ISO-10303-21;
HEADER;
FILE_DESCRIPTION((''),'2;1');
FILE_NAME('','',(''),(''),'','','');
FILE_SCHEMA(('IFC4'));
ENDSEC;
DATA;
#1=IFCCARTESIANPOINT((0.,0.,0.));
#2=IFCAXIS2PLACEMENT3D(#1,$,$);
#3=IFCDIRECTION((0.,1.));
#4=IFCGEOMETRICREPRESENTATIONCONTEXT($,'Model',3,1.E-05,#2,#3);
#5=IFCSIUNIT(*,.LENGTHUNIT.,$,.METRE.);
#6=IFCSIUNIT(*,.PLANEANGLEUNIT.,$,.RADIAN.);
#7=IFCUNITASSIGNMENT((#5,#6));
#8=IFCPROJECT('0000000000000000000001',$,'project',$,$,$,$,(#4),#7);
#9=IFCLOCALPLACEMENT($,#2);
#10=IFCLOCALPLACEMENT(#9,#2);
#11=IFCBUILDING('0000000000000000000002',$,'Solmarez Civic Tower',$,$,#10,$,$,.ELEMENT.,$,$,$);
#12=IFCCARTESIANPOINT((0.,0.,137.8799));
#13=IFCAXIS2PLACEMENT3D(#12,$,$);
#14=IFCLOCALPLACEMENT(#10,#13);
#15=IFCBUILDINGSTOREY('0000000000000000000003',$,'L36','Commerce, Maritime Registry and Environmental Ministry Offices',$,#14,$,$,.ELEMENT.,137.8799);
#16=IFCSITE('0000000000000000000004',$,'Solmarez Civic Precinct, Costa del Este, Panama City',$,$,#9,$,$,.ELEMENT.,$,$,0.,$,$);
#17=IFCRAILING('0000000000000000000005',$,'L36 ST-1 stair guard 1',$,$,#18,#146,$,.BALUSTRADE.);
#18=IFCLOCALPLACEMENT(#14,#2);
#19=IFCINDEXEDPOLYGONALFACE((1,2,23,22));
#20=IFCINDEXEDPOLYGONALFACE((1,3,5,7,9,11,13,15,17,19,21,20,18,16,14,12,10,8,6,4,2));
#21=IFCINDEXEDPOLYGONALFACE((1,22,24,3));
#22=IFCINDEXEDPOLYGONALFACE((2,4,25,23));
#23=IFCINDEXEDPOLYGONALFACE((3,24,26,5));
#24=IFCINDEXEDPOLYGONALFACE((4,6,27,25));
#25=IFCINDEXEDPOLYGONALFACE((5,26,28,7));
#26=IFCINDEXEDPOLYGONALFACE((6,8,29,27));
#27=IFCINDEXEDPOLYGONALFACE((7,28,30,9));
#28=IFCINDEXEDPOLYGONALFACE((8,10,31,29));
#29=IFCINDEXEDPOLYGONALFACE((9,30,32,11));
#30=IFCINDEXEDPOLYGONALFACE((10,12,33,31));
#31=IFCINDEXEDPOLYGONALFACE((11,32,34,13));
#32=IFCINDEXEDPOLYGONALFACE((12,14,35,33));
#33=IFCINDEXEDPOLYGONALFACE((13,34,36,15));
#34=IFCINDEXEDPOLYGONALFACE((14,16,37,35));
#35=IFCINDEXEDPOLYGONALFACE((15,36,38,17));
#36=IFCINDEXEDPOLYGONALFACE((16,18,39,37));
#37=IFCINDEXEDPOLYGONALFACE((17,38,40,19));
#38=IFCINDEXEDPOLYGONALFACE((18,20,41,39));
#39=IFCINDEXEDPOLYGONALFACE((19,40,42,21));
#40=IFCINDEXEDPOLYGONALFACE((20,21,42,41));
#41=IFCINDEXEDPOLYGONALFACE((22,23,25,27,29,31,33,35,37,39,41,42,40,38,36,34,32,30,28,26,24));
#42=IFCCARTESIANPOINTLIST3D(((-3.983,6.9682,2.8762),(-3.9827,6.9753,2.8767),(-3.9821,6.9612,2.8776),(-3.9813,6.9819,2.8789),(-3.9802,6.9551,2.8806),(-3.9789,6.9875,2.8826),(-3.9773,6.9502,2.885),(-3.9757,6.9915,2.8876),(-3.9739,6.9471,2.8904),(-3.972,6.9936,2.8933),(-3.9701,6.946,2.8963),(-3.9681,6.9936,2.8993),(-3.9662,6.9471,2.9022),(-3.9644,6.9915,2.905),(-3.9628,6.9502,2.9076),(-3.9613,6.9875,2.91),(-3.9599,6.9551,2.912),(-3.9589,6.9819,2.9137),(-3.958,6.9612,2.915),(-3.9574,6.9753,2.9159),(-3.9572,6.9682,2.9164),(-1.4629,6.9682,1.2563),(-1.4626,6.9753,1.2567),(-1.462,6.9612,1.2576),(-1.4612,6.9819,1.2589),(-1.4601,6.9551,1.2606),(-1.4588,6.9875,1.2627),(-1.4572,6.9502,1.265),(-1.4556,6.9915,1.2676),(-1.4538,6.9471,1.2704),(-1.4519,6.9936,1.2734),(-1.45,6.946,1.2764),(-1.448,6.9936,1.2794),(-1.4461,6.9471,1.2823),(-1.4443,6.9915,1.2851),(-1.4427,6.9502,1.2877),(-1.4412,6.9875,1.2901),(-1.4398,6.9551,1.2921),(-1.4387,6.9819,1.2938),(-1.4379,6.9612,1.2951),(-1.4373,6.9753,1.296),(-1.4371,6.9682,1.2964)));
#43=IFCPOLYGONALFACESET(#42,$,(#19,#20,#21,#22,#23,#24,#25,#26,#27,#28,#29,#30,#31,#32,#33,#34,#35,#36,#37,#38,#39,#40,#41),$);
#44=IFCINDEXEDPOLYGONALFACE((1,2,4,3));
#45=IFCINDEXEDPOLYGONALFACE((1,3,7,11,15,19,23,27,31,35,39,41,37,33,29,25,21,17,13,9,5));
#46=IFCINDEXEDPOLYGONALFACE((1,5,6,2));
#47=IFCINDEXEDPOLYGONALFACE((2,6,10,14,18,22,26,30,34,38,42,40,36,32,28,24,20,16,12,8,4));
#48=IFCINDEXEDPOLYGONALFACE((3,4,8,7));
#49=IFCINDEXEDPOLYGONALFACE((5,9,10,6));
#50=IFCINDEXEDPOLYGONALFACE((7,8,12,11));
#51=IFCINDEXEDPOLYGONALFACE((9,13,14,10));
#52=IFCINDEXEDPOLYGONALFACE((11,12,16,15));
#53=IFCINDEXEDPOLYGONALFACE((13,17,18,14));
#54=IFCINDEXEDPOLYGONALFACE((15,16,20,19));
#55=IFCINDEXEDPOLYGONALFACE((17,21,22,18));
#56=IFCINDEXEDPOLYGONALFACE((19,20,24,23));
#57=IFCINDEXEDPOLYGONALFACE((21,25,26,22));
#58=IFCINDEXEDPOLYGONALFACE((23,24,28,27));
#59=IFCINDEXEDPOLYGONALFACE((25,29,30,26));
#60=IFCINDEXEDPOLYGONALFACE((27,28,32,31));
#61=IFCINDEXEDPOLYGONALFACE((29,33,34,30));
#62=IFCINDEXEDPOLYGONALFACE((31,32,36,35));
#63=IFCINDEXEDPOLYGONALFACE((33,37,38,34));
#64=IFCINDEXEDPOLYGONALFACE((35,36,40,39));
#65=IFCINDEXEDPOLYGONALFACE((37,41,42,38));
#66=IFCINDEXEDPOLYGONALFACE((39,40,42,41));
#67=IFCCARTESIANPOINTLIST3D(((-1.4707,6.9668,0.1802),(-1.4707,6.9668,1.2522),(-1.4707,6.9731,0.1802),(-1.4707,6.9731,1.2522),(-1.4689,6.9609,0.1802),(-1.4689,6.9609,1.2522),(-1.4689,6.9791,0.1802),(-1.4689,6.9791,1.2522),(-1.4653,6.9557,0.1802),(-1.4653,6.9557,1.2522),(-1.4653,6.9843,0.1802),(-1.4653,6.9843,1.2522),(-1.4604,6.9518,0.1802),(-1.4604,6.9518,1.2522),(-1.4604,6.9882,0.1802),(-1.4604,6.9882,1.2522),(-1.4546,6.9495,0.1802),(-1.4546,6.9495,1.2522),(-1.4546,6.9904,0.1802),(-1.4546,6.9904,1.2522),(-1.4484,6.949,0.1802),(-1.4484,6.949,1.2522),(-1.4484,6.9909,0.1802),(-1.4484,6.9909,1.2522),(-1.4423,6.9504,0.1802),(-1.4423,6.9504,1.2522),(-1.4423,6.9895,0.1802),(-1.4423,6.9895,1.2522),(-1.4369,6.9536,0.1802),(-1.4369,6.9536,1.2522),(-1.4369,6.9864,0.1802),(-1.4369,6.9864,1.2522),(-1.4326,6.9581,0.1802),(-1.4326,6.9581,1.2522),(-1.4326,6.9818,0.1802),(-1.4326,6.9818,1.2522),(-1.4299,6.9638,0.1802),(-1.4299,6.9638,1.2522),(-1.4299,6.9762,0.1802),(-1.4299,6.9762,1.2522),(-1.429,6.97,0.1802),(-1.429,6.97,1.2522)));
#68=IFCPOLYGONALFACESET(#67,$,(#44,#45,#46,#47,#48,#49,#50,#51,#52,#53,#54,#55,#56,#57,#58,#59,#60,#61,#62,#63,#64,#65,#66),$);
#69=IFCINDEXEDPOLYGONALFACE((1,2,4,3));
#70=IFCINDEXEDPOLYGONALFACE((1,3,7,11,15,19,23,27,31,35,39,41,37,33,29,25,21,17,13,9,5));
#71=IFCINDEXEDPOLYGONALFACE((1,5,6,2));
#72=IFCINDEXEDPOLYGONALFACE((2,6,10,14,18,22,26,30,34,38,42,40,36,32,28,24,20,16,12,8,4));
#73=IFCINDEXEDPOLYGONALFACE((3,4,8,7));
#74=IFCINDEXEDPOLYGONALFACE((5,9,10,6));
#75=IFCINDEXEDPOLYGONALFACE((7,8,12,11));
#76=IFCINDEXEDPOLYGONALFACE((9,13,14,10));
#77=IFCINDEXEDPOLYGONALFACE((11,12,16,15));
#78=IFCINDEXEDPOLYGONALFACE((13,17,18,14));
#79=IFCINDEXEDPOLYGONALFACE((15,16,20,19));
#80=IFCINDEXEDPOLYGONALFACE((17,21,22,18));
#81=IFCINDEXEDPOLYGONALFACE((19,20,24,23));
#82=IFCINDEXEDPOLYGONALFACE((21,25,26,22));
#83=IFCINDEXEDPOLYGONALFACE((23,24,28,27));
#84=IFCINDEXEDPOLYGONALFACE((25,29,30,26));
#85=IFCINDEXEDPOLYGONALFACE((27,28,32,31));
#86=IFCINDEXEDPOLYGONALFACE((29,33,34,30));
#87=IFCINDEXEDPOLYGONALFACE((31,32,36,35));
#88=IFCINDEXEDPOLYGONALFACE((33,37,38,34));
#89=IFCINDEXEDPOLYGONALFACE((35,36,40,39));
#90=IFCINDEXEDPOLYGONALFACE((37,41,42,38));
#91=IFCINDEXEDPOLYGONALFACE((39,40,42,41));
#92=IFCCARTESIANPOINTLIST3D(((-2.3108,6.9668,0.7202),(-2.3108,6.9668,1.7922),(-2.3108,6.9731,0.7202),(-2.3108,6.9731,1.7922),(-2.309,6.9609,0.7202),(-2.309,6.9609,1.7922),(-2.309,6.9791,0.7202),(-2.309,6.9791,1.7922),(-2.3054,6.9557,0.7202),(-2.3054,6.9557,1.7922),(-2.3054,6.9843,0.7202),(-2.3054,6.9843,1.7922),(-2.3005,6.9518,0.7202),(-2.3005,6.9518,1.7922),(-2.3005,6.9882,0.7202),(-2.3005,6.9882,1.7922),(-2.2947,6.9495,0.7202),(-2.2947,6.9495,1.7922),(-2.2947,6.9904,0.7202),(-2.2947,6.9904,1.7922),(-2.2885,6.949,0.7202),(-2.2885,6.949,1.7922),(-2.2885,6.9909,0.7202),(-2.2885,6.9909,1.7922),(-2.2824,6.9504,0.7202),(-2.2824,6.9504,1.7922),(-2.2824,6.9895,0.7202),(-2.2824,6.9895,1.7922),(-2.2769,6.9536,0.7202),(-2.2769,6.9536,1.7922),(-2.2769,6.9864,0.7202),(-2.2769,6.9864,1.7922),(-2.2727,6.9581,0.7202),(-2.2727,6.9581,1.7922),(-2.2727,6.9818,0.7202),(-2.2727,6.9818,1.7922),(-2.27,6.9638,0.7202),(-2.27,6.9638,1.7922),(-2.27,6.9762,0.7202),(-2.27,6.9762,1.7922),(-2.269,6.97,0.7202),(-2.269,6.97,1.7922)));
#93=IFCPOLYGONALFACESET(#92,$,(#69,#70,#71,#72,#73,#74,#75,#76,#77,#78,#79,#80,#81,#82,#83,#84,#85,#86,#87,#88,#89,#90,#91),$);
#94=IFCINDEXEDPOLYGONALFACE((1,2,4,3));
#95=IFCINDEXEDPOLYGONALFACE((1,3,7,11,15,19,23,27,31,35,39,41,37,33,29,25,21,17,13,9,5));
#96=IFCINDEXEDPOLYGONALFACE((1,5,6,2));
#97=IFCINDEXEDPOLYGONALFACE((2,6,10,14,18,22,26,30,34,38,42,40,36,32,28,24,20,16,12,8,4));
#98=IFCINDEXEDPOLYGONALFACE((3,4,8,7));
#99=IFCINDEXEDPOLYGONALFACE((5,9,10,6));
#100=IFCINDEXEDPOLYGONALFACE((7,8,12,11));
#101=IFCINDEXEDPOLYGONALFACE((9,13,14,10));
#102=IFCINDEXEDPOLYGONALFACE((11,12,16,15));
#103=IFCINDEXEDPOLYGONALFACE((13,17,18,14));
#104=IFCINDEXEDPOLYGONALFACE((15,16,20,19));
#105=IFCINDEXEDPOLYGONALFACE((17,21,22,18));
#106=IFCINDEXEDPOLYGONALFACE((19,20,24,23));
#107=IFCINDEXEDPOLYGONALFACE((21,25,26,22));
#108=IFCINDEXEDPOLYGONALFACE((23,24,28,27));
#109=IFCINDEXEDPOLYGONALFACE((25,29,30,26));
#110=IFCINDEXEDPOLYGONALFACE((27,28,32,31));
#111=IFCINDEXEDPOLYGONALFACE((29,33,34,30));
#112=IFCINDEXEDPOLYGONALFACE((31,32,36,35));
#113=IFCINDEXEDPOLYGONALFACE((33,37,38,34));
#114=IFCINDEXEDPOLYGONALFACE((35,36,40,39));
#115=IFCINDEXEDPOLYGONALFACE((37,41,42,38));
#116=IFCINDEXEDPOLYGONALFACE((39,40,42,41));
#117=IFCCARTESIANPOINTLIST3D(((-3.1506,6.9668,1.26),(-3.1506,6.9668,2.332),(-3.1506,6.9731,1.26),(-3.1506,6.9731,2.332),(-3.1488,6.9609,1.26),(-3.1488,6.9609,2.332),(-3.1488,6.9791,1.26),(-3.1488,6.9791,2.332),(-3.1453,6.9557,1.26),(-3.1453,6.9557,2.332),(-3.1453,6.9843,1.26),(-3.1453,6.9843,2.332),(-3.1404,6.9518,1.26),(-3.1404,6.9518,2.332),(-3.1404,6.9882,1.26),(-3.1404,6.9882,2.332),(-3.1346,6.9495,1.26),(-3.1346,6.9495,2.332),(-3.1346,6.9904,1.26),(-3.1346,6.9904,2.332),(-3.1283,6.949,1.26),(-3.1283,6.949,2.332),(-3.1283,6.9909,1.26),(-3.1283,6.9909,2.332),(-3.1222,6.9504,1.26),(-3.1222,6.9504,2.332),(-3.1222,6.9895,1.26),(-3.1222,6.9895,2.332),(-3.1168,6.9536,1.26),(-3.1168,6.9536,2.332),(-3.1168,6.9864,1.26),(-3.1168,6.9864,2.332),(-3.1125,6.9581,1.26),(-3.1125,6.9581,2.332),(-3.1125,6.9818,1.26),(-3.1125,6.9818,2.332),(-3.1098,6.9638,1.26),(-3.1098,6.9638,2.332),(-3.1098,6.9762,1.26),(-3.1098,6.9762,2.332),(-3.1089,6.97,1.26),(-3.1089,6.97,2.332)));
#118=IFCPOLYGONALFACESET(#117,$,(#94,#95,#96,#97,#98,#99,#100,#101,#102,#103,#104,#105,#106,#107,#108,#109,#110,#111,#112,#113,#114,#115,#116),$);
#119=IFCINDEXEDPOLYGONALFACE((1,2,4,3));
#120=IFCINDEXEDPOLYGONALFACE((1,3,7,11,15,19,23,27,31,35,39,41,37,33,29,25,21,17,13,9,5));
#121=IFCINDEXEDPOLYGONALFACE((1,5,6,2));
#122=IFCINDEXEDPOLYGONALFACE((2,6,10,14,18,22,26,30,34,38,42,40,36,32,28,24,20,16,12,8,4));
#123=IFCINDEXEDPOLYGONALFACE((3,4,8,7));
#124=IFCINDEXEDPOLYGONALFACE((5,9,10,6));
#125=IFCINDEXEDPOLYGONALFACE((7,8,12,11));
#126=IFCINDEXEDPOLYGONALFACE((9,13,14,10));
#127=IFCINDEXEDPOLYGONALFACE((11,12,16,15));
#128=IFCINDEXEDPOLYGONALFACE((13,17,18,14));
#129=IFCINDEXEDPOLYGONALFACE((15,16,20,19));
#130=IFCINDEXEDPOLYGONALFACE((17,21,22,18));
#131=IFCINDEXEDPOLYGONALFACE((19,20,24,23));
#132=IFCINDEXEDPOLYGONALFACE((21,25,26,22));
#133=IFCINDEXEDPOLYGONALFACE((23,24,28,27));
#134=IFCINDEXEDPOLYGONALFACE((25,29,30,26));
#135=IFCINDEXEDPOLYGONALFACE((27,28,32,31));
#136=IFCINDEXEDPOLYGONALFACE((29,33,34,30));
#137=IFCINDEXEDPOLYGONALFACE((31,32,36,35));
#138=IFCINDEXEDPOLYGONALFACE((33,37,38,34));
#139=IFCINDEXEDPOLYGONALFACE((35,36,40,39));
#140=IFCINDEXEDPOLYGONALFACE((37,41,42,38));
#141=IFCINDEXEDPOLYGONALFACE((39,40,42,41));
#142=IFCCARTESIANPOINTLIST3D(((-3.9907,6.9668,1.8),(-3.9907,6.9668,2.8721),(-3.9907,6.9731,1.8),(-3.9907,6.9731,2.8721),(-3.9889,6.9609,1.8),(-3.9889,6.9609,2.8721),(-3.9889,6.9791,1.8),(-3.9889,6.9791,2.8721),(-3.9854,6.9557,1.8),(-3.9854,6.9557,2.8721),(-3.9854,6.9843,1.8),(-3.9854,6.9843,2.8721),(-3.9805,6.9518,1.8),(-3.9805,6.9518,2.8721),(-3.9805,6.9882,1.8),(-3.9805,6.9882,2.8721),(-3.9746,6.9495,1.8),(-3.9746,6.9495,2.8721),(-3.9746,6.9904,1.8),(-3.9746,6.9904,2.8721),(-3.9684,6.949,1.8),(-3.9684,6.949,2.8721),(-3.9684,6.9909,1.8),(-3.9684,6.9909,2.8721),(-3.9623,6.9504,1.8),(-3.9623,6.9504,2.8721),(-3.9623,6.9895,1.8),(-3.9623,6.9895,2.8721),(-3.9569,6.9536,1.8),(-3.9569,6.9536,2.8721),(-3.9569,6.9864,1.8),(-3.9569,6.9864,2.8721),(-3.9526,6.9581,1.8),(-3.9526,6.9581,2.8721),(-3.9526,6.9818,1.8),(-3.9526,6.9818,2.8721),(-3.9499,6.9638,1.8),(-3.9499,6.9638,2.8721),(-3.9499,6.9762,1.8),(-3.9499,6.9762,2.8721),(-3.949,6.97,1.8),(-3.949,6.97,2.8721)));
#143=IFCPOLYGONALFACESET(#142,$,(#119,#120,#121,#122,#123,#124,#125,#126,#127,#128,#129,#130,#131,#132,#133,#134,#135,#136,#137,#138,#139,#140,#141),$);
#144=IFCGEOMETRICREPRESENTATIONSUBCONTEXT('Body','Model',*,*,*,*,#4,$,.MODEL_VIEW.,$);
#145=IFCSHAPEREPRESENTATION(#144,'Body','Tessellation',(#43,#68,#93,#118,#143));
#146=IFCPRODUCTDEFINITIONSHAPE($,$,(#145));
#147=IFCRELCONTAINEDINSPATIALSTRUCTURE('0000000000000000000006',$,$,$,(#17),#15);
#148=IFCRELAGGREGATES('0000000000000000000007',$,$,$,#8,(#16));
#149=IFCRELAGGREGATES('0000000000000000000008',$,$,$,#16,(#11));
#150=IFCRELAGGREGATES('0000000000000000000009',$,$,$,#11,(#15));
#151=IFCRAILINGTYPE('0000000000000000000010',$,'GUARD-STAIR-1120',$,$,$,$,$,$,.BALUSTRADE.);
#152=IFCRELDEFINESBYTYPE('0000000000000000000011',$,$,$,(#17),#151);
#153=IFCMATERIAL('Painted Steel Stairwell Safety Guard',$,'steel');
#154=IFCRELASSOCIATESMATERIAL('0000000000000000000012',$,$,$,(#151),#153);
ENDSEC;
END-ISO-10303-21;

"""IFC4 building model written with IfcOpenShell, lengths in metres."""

from ifc_helpers import new_model, si_unit, direction, frame, origin, origin_2d, place, context, subcontext, project, spatial, circle, extrude, material, type_object, element, save


model = new_model("IFC4")

# Units and contexts
model_context = context("Model", 3, precision=1e-05, world=origin(), true_north=direction((0.0, 1.0)))
body_context = subcontext(model_context, "Body", "Model", "MODEL_VIEW")
ifc_project = project(units=[si_unit("LENGTHUNIT", "METRE"), si_unit("PLANEANGLEUNIT", "RADIAN")], contexts=[model_context])

# Site, building, storey
site_placement = place(None, origin())
site = spatial("IfcSite", under=ifc_project, at=site_placement, Name="Solmarez Civic Precinct, Costa del Este, Panama City", CompositionType="ELEMENT", RefElevation=0.0)
building_placement = place(site_placement, origin())
building = spatial("IfcBuilding", under=site, at=building_placement, Name="Solmarez Civic Tower", CompositionType="ELEMENT")
storey_placement = place(building_placement, frame((0.0, 0.0, 137.8799)))
storey = spatial("IfcBuildingStorey", under=building, at=storey_placement, Name="L36", Description="Commerce, Maritime Registry and Environmental Ministry Offices", CompositionType="ELEMENT", Elevation=137.8799)

# Railing
ifc_material_1 = material(Name="Painted Steel Stairwell Safety Guard", Category="steel")
railing_type_1 = type_object("IfcRailingType", Name="GUARD-STAIR-1120", PredefinedType="BALUSTRADE", material=ifc_material_1)
railing_1_placement = place(storey_placement, frame((-1.45, 6.97, 0.1802)))
element("IfcRailing", 1, at=railing_1_placement, inside=storey, type_object=railing_type_1, Name="L36 ST-1 stair guard 1", PredefinedType="BALUSTRADE", context=body_context, shape_type="SweptSolid", body=[
    extrude(circle(Radius=0.0239, at=origin_2d()), frame((0.0, 0.0, 1.0962), z_axis=(-0.8412, 0.0, 0.540725), x_axis=(0.0, -1.0, 0.0)), (0.0, 0.0, 1.0), 2.9958),
    extrude(circle(Radius=0.021, at=origin_2d()), origin(), (0.0, 0.0, 1.0), 1.072),
    extrude(circle(Radius=0.021, at=origin_2d()), frame((-0.8401, 0.0, 0.54)), (0.0, 0.0, 1.0), 1.072),
    extrude(circle(Radius=0.021, at=origin_2d()), frame((-1.6799, 0.0, 1.0798)), (0.0, 0.0, 1.0), 1.072),
    extrude(circle(Radius=0.021, at=origin_2d()), frame((-2.52, 0.0, 1.6199)), (0.0, 0.0, 1.0), 1.072),
])

save(model, "model.ifc")
